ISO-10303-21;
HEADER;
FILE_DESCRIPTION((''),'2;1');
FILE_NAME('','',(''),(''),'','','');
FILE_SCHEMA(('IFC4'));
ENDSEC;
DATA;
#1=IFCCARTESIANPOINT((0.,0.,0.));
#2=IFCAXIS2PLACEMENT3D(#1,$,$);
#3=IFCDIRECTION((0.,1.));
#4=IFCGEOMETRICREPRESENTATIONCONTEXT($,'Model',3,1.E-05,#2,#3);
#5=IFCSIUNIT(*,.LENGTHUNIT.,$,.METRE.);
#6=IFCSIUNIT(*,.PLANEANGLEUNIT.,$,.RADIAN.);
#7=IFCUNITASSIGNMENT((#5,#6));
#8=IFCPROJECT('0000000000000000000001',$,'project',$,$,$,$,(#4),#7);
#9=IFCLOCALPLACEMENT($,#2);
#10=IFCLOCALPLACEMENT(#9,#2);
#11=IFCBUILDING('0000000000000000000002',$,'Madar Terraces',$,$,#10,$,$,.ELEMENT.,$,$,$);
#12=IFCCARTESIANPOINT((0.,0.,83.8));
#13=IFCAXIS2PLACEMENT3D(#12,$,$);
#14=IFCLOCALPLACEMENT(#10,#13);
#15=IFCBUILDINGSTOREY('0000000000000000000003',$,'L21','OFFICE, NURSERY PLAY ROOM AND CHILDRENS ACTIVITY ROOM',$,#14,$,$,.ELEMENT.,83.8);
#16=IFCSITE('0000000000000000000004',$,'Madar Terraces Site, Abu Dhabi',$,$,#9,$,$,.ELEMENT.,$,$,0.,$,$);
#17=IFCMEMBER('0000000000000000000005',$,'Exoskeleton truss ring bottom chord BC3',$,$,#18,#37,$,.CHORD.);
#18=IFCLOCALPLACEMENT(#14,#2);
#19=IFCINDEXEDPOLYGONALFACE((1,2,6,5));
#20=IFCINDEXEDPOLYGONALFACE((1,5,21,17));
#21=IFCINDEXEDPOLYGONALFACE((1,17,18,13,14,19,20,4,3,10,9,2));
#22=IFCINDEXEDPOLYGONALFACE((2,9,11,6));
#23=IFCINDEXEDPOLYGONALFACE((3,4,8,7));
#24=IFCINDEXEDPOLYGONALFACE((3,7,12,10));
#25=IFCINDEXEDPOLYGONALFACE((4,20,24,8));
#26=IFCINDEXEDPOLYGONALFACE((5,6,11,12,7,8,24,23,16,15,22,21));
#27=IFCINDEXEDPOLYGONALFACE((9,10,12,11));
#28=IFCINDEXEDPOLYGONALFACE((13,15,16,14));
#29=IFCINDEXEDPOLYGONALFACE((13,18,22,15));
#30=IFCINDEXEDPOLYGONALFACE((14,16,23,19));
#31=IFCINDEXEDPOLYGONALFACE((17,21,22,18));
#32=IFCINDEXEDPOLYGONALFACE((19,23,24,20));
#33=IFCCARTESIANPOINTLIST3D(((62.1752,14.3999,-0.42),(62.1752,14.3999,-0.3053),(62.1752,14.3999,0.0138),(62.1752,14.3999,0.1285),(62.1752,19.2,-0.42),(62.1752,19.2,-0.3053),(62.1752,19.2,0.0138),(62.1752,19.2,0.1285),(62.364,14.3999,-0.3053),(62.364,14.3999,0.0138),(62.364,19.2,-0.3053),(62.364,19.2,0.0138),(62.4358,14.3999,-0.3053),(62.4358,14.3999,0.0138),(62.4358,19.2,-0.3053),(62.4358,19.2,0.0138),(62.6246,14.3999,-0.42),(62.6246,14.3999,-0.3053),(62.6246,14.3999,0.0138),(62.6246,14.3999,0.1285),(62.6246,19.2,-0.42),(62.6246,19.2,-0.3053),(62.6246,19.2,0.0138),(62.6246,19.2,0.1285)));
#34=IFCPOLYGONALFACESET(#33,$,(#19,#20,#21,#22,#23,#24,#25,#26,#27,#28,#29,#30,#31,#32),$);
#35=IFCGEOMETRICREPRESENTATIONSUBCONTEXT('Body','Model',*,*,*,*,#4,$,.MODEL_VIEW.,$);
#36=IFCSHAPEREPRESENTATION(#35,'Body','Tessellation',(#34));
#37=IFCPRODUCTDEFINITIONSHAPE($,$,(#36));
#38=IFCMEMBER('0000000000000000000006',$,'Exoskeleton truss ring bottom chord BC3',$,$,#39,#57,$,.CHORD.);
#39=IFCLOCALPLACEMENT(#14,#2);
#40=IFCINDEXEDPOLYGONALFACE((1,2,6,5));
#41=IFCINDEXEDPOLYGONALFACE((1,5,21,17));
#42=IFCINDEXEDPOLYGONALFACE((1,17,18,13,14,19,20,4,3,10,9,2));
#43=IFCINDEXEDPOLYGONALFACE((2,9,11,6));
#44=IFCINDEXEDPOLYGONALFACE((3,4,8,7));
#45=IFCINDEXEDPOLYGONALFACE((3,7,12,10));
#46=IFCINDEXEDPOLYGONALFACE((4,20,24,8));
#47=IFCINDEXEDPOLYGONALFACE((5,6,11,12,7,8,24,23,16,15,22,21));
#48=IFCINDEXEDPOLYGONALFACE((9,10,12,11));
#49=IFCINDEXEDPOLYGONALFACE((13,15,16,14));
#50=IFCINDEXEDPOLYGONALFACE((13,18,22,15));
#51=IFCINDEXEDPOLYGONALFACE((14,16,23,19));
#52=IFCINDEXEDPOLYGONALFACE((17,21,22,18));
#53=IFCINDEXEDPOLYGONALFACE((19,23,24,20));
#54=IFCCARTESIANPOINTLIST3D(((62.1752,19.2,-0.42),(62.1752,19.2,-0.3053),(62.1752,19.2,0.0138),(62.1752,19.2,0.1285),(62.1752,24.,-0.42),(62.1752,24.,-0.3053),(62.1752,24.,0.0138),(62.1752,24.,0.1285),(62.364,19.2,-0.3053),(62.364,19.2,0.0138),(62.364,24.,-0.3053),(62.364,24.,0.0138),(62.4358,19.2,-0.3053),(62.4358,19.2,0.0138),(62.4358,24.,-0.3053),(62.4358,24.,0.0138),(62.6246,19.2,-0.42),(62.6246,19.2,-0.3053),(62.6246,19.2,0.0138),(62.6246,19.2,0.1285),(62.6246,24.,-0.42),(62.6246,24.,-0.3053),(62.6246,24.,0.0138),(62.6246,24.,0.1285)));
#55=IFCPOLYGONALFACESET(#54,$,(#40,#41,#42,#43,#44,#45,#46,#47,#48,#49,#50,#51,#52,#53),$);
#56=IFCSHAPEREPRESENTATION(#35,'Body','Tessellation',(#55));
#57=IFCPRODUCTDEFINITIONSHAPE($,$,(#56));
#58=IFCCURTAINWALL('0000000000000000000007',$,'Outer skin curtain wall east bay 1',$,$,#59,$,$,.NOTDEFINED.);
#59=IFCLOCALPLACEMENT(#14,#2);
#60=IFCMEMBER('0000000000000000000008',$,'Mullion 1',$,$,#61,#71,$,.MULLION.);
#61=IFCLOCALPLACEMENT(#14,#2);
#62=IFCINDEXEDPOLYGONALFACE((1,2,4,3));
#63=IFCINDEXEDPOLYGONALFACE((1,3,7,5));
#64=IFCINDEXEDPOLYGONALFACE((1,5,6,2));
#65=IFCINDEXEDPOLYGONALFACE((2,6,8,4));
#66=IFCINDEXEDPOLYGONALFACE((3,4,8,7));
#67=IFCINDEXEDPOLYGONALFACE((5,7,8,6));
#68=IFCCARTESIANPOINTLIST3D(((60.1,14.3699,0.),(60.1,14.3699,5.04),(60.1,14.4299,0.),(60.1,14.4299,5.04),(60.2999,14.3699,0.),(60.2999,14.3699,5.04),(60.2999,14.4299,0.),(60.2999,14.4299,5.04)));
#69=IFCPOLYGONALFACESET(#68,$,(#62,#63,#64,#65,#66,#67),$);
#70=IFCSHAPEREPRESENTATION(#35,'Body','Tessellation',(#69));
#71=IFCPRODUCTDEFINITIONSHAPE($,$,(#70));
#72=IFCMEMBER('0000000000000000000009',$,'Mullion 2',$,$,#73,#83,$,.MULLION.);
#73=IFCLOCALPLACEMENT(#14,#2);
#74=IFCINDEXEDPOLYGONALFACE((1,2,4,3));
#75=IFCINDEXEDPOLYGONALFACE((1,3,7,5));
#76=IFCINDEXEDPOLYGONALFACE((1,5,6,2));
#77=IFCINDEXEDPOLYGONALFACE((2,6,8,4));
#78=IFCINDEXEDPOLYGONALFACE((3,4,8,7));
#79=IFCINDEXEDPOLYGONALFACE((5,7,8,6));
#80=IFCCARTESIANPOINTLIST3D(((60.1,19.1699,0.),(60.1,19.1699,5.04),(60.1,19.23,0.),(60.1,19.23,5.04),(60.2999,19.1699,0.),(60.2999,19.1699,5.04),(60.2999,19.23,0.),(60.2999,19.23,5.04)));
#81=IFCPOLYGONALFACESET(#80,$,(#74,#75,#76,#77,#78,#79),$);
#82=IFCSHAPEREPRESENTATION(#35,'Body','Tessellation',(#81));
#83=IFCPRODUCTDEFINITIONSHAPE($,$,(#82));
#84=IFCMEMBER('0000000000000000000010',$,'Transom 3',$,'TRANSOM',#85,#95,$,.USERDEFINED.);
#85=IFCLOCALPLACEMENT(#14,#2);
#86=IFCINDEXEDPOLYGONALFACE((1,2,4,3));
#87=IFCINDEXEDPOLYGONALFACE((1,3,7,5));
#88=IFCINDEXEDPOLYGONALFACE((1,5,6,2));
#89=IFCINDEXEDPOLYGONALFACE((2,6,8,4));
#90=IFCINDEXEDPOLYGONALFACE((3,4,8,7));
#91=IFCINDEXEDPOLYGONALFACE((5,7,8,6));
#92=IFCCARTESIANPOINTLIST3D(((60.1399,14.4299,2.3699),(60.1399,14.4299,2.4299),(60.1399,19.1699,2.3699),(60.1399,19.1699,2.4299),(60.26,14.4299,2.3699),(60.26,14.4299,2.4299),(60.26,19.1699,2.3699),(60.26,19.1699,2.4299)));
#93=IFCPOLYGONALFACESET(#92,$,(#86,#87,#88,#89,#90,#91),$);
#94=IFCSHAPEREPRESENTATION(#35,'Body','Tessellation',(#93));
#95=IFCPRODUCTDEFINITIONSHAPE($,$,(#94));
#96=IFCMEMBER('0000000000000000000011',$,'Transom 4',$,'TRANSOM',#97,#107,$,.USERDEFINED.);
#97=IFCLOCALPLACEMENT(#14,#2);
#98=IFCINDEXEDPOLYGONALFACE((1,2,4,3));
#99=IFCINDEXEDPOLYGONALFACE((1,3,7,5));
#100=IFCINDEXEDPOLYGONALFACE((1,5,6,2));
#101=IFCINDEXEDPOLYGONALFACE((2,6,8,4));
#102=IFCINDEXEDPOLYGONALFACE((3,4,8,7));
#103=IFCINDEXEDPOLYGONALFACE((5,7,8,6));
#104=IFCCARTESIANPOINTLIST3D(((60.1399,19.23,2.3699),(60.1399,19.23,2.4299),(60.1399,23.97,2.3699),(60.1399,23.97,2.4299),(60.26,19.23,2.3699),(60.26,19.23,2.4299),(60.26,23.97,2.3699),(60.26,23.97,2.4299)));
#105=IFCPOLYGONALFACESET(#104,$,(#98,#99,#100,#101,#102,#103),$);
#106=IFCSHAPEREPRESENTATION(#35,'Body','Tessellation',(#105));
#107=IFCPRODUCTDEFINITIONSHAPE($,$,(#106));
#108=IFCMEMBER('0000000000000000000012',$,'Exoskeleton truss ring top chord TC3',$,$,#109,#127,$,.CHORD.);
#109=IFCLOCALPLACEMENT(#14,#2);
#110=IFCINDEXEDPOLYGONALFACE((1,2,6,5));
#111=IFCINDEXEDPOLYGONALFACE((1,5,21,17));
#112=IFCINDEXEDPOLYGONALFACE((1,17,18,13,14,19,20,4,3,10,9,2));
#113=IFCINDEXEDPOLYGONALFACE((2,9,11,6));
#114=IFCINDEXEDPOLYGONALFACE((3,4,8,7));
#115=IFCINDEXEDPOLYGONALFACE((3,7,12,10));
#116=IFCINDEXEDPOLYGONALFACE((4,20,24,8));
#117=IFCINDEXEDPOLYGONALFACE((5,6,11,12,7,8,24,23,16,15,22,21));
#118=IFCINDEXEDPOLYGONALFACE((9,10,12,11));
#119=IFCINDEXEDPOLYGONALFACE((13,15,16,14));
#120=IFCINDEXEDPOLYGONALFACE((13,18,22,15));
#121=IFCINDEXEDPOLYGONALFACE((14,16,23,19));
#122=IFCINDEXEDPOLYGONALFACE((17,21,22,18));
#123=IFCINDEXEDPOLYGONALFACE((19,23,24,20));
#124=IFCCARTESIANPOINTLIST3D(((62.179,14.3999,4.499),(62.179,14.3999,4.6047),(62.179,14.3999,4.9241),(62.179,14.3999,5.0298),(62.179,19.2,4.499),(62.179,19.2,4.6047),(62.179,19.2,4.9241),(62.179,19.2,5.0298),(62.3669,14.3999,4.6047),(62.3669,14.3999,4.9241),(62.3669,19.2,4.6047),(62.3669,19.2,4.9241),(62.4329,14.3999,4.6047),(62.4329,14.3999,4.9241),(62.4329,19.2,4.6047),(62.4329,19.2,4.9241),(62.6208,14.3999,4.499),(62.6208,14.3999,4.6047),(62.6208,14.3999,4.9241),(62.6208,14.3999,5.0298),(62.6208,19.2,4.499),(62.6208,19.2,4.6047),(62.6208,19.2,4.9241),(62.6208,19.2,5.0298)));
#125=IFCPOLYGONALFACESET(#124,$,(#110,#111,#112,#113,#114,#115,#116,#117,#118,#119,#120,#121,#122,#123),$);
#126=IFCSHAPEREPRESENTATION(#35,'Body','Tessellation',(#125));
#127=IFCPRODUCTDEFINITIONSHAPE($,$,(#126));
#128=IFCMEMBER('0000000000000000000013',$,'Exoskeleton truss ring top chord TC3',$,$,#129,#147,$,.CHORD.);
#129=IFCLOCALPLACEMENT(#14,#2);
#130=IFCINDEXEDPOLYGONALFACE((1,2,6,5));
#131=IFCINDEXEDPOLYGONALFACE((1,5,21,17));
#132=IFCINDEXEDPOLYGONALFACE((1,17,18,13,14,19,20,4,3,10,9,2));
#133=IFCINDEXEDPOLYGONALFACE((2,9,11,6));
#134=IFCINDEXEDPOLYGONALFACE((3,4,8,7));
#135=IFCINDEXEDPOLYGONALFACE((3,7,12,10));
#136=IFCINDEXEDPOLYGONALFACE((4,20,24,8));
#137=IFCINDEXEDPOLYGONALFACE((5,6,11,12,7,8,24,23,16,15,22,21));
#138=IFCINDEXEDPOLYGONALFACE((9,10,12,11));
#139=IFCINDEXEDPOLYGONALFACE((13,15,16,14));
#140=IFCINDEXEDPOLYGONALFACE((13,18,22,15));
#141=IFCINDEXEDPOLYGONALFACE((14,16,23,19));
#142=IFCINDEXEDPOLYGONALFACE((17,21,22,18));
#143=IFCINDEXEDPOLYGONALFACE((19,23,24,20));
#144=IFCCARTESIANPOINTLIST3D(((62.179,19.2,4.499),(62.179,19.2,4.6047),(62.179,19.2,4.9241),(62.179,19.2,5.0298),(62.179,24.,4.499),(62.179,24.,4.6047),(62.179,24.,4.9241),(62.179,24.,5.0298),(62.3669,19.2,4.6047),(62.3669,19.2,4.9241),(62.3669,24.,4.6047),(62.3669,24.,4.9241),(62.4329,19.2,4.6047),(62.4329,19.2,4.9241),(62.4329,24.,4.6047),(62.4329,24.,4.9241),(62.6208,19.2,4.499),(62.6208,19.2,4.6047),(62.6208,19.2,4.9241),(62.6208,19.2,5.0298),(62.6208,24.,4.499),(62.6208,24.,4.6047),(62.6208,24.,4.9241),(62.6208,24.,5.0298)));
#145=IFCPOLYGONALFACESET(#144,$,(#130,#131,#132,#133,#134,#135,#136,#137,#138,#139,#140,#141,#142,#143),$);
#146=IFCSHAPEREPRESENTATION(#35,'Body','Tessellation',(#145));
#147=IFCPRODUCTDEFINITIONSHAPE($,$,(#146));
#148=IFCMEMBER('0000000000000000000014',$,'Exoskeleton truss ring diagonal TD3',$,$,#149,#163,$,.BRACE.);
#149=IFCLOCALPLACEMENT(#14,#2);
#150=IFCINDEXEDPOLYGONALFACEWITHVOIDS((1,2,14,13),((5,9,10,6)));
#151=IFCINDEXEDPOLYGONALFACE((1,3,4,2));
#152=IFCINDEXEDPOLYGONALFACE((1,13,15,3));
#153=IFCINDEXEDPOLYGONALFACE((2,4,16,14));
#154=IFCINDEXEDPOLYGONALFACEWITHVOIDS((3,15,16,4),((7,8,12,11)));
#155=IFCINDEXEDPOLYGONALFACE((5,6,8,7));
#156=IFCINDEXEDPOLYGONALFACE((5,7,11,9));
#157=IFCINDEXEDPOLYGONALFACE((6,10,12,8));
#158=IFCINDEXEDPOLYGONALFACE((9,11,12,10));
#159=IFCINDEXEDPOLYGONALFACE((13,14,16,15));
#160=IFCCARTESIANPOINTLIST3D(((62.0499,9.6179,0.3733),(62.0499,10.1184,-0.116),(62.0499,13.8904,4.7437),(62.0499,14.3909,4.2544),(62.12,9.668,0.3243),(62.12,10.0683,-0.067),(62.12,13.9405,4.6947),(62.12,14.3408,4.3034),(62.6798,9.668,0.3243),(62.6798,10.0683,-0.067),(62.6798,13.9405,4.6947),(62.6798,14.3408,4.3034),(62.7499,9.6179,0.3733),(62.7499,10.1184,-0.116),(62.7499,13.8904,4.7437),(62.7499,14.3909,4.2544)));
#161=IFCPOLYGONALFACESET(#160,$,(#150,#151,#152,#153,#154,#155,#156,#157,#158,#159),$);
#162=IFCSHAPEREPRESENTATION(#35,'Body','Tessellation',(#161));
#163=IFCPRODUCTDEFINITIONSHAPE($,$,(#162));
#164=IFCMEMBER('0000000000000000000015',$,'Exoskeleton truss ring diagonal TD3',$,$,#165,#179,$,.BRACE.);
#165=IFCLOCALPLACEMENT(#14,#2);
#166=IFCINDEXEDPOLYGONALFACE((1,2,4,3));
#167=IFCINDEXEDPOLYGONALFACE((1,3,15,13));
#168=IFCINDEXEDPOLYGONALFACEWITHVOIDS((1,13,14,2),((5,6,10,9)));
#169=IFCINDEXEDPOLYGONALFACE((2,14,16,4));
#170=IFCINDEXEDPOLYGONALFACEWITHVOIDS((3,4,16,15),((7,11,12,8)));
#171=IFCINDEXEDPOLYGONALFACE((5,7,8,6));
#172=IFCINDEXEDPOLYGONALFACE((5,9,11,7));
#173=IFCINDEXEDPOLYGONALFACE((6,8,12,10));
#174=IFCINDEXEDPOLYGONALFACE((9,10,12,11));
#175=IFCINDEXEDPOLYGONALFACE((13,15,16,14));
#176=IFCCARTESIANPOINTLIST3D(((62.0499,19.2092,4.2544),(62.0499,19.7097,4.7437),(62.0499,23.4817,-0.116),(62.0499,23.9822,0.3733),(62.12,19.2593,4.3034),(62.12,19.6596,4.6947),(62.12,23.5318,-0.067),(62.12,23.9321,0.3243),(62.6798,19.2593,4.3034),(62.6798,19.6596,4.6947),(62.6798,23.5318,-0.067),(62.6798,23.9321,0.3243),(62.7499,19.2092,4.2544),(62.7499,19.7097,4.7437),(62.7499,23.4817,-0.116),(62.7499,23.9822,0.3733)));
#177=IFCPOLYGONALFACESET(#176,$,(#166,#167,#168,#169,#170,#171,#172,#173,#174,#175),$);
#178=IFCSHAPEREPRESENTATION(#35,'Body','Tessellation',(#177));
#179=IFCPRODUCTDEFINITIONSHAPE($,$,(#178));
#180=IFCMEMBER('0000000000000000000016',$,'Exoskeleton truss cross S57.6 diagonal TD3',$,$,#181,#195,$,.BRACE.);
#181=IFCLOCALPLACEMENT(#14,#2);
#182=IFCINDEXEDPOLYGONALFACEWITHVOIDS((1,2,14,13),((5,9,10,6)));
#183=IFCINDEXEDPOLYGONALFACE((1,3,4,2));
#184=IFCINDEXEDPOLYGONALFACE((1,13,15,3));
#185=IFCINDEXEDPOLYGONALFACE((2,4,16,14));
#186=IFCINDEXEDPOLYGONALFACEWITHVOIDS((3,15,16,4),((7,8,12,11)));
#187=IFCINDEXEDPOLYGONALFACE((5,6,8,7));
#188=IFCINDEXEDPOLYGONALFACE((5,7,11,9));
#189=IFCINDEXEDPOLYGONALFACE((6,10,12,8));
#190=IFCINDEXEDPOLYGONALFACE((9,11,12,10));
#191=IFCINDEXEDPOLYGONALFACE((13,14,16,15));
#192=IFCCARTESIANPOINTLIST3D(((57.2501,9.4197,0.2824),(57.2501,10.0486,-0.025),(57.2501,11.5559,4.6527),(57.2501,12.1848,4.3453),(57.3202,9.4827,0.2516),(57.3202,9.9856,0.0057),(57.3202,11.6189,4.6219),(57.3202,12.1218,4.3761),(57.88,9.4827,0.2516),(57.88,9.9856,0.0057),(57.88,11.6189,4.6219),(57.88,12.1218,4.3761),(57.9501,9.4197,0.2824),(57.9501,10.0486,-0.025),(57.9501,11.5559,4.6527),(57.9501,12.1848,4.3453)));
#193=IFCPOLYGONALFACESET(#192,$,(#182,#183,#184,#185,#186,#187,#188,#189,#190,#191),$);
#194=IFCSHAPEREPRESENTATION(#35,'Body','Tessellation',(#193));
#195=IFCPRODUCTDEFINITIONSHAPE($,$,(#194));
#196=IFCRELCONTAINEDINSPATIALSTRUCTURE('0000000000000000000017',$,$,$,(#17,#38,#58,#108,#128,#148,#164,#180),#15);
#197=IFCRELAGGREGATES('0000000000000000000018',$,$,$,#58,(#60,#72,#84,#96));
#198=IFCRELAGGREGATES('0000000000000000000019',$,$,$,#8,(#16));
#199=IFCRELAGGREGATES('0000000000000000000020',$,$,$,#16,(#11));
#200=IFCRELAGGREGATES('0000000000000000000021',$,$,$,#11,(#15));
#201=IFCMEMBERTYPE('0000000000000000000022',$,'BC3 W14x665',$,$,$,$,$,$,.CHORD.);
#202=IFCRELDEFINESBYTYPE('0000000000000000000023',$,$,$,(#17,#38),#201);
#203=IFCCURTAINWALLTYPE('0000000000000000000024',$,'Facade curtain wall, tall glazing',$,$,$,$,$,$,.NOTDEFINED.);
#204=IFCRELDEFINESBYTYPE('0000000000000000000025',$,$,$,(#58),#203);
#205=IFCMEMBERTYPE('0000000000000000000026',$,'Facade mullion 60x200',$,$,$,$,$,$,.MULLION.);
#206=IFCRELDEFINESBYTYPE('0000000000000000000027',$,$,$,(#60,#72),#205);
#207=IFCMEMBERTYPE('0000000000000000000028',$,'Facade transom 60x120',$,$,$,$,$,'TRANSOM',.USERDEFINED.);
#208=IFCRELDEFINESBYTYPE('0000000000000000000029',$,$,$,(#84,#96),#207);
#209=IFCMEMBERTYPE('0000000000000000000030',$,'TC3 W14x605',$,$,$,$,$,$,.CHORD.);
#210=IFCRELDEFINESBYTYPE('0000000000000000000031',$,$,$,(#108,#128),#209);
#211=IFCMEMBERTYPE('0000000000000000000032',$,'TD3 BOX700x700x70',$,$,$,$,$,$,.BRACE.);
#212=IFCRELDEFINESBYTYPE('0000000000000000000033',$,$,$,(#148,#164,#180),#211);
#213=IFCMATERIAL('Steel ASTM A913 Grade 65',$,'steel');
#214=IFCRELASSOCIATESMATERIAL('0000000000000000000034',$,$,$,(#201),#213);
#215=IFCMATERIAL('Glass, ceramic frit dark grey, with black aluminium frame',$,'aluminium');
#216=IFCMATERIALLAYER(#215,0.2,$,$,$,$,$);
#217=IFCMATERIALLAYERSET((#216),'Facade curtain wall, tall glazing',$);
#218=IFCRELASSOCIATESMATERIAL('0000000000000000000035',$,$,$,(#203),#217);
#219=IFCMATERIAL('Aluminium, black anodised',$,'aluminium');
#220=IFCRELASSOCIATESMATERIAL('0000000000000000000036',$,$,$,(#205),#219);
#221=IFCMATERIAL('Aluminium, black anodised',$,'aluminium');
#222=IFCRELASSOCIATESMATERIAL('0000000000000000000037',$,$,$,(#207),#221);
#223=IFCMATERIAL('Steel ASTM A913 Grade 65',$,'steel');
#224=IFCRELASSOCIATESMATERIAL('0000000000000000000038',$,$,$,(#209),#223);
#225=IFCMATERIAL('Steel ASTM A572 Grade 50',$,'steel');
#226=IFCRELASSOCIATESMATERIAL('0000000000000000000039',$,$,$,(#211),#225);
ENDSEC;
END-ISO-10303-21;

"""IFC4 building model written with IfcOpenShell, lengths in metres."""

from ifc_helpers import new_model, si_unit, direction, frame, origin, origin_2d, place, context, subcontext, project, spatial, rectangle, hollow_rectangle, i_section, extrude, material, layer, layer_set, material_profile, profile_set, type_object, element, aggregate, save


model = new_model("IFC4")

# Units and contexts
model_context = context("Model", 3, precision=1e-05, world=origin(), true_north=direction((0.0, 1.0)))
body_context = subcontext(model_context, "Body", "Model", "MODEL_VIEW")
ifc_project = project(units=[si_unit("LENGTHUNIT", "METRE"), si_unit("PLANEANGLEUNIT", "RADIAN")], contexts=[model_context])

# Site, building, storey
site_placement = place(None, origin())
site = spatial("IfcSite", under=ifc_project, at=site_placement, Name="Madar Terraces Site, Abu Dhabi", CompositionType="ELEMENT", RefElevation=0.0)
building_placement = place(site_placement, origin())
building = spatial("IfcBuilding", under=site, at=building_placement, Name="Madar Terraces", CompositionType="ELEMENT")
storey_placement = place(building_placement, frame((0.0, 0.0, 83.8)))
storey = spatial("IfcBuildingStorey", under=building, at=storey_placement, Name="L21", Description="OFFICE, NURSERY PLAY ROOM AND CHILDRENS ACTIVITY ROOM", CompositionType="ELEMENT", Elevation=83.8)

# Members
ifc_material_1 = material(Name="Steel ASTM A913 Grade 65", Category="steel")
ifc_material_profile_1 = material_profile(ifc_material_1, i_section(OverallWidth=0.4495, OverallDepth=0.5486, WebThickness=0.0718, FlangeThickness=0.1147, at=origin_2d()), Name="W14x665")
ifc_profile_set_1 = profile_set([ifc_material_profile_1], Name="Steel ASTM A913 Grade 65")
member_type_1 = type_object("IfcMemberType", Name="BC3 W14x665", PredefinedType="CHORD", material=ifc_profile_set_1)
for number, where, z_axis, x_axis, name in (
    (1, (62.3999, 14.3999, -0.1458), (0.0, 1.0, 0.0), (-1.0, 0.0, 0.0), "Exoskeleton truss ring bottom chord BC3"),
    (2, (62.3999, 19.2, -0.1458), (0.0, 1.0, 0.0), (-1.0, 0.0, 0.0), "Exoskeleton truss ring bottom chord BC3"),
):
    element("IfcMember", number, at=place(storey_placement, frame(where, z_axis=z_axis, x_axis=x_axis)), inside=storey, type_object=member_type_1, Name=name, PredefinedType="CHORD", context=body_context, shape_type="SweptSolid", body=[
        extrude(i_section(OverallWidth=0.4495, OverallDepth=0.5486, WebThickness=0.0718, FlangeThickness=0.1147, at=origin_2d()), origin(), (0.0, 0.0, 1.0), 4.8),
    ])

# Curtain wall, members
ifc_material_2 = material(Name="Glass, ceramic frit dark grey, with black aluminium frame", Category="aluminium")
ifc_layer_1 = layer(ifc_material_2, 0.2)
ifc_layer_set_1 = layer_set([ifc_layer_1], Name="Facade curtain wall, tall glazing")
curtain_wall_type = type_object("IfcCurtainWallType", Name="Facade curtain wall, tall glazing", PredefinedType="NOTDEFINED", material=ifc_layer_set_1)
curtain_wall_placement = place(storey_placement, origin())
curtain_wall = element("IfcCurtainWall", 3, at=curtain_wall_placement, inside=storey, type_object=curtain_wall_type, Name="Outer skin curtain wall east bay 1", PredefinedType="NOTDEFINED")
ifc_material_3 = material(Name="Aluminium, black anodised", Category="aluminium")
ifc_material_profile_2 = material_profile(ifc_material_3, rectangle(XDim=0.2, YDim=0.0601, at=origin_2d()), Name="Facade mullion 60x200")
ifc_profile_set_2 = profile_set([ifc_material_profile_2], Name="Aluminium, black anodised")
member_type_2 = type_object("IfcMemberType", Name="Facade mullion 60x200", PredefinedType="MULLION", material=ifc_profile_set_2)
member_1_placement = place(storey_placement, frame((60.2, 14.3999, 0.0), z_axis=(0.0, 0.0, 1.0), x_axis=(-1.0, 0.0, 0.0)))
member_1 = element("IfcMember", 4, at=member_1_placement, type_object=member_type_2, Name="Mullion 1", PredefinedType="MULLION", context=body_context, shape_type="SweptSolid", body=[
    extrude(rectangle(XDim=0.2, YDim=0.0601, at=origin_2d()), origin(), (0.0, 0.0, 1.0), 5.04),
])
member_2_placement = place(storey_placement, frame((60.2, 19.2, 0.0), z_axis=(0.0, 0.0, 1.0), x_axis=(-1.0, 0.0, 0.0)))
member_2 = element("IfcMember", 5, at=member_2_placement, type_object=member_type_2, Name="Mullion 2", PredefinedType="MULLION", context=body_context, shape_type="SweptSolid", body=[
    extrude(rectangle(XDim=0.2, YDim=0.0601, at=origin_2d()), origin(), (0.0, 0.0, 1.0), 5.04),
])
ifc_material_4 = material(Name="Aluminium, black anodised", Category="aluminium")
ifc_material_profile_3 = material_profile(ifc_material_4, rectangle(XDim=0.1201, YDim=0.0601, at=origin_2d()), Name="Facade transom 60x120")
ifc_profile_set_3 = profile_set([ifc_material_profile_3], Name="Aluminium, black anodised")
member_type_3 = type_object("IfcMemberType", Name="Facade transom 60x120", ElementType="TRANSOM", PredefinedType="USERDEFINED", material=ifc_profile_set_3)
member_3_placement = place(storey_placement, frame((60.2, 14.4299, 2.3999), z_axis=(0.0, 1.0, 0.0), x_axis=(-1.0, 0.0, 0.0)))
member_3 = element("IfcMember", 6, at=member_3_placement, type_object=member_type_3, Name="Transom 3", ObjectType="TRANSOM", PredefinedType="USERDEFINED", context=body_context, shape_type="SweptSolid", body=[
    extrude(rectangle(XDim=0.1201, YDim=0.0601, at=origin_2d()), origin(), (0.0, 0.0, 1.0), 4.74),
])
member_4_placement = place(storey_placement, frame((60.2, 19.23, 2.3999), z_axis=(0.0, 1.0, 0.0), x_axis=(-1.0, 0.0, 0.0)))
member_4 = element("IfcMember", 7, at=member_4_placement, type_object=member_type_3, Name="Transom 4", ObjectType="TRANSOM", PredefinedType="USERDEFINED", context=body_context, shape_type="SweptSolid", body=[
    extrude(rectangle(XDim=0.1201, YDim=0.0601, at=origin_2d()), origin(), (0.0, 0.0, 1.0), 4.74),
])

# Members
ifc_material_5 = material(Name="Steel ASTM A913 Grade 65", Category="steel")
ifc_material_profile_4 = material_profile(ifc_material_5, i_section(OverallWidth=0.4419, OverallDepth=0.5308, WebThickness=0.0659, FlangeThickness=0.1057, at=origin_2d()), Name="W14x605")
ifc_profile_set_4 = profile_set([ifc_material_profile_4], Name="Steel ASTM A913 Grade 65")
member_type_4 = type_object("IfcMemberType", Name="TC3 W14x605", PredefinedType="CHORD", material=ifc_profile_set_4)
for number, where, z_axis, x_axis, name in (
    (8, (62.3999, 14.3999, 4.7644), (0.0, 1.0, 0.0), (-1.0, 0.0, 0.0), "Exoskeleton truss ring top chord TC3"),
    (9, (62.3999, 19.2, 4.7644), (0.0, 1.0, 0.0), (-1.0, 0.0, 0.0), "Exoskeleton truss ring top chord TC3"),
):
    element("IfcMember", number, at=place(storey_placement, frame(where, z_axis=z_axis, x_axis=x_axis)), inside=storey, type_object=member_type_4, Name=name, PredefinedType="CHORD", context=body_context, shape_type="SweptSolid", body=[
        extrude(i_section(OverallWidth=0.4419, OverallDepth=0.5308, WebThickness=0.0659, FlangeThickness=0.1057, at=origin_2d()), origin(), (0.0, 0.0, 1.0), 4.8),
    ])
ifc_material_6 = material(Name="Steel ASTM A572 Grade 50", Category="steel")
ifc_material_profile_5 = material_profile(ifc_material_6, hollow_rectangle(XDim=0.7, YDim=0.7, WallThickness=0.0701, at=origin_2d()), Name="BOX700x700x70")
ifc_profile_set_5 = profile_set([ifc_material_profile_5], Name="Steel ASTM A572 Grade 50")
member_type_5 = type_object("IfcMemberType", Name="TD3 BOX700x700x70", PredefinedType="BRACE", material=ifc_profile_set_5)
for number, where, z_axis, x_axis, name in (
    (10, (62.3999, 9.8682, 0.1287), (0.0, 0.699052, 0.715071), (-1.0, 0.0, 0.0), "Exoskeleton truss ring diagonal TD3"),
    (11, (62.3999, 19.4595, 4.499), (0.0, 0.699052, -0.715071), (-1.0, 0.0, 0.0), "Exoskeleton truss ring diagonal TD3"),
):
    element("IfcMember", number, at=place(storey_placement, frame(where, z_axis=z_axis, x_axis=x_axis)), inside=storey, type_object=member_type_5, Name=name, PredefinedType="BRACE", context=body_context, shape_type="SweptSolid", body=[
        extrude(hollow_rectangle(XDim=0.7, YDim=0.7, WallThickness=0.0701, at=origin_2d()), origin(), (0.0, 0.0, 1.0), 6.1118),
    ])
member_5_placement = place(storey_placement, frame((57.6001, 9.7341, 0.1287), z_axis=(0.0, 0.439145, 0.898416), x_axis=(-1.0, 0.0, 0.0)))
element("IfcMember", 12, at=member_5_placement, inside=storey, type_object=member_type_5, Name="Exoskeleton truss cross S57.6 diagonal TD3", PredefinedType="BRACE", context=body_context, shape_type="SweptSolid", body=[
    extrude(hollow_rectangle(XDim=0.7, YDim=0.7, WallThickness=0.0701, at=origin_2d()), origin(), (0.0, 0.0, 1.0), 4.8645),
])

aggregate(curtain_wall, [member_1, member_2, member_3, member_4])

save(model, "model.ifc")
